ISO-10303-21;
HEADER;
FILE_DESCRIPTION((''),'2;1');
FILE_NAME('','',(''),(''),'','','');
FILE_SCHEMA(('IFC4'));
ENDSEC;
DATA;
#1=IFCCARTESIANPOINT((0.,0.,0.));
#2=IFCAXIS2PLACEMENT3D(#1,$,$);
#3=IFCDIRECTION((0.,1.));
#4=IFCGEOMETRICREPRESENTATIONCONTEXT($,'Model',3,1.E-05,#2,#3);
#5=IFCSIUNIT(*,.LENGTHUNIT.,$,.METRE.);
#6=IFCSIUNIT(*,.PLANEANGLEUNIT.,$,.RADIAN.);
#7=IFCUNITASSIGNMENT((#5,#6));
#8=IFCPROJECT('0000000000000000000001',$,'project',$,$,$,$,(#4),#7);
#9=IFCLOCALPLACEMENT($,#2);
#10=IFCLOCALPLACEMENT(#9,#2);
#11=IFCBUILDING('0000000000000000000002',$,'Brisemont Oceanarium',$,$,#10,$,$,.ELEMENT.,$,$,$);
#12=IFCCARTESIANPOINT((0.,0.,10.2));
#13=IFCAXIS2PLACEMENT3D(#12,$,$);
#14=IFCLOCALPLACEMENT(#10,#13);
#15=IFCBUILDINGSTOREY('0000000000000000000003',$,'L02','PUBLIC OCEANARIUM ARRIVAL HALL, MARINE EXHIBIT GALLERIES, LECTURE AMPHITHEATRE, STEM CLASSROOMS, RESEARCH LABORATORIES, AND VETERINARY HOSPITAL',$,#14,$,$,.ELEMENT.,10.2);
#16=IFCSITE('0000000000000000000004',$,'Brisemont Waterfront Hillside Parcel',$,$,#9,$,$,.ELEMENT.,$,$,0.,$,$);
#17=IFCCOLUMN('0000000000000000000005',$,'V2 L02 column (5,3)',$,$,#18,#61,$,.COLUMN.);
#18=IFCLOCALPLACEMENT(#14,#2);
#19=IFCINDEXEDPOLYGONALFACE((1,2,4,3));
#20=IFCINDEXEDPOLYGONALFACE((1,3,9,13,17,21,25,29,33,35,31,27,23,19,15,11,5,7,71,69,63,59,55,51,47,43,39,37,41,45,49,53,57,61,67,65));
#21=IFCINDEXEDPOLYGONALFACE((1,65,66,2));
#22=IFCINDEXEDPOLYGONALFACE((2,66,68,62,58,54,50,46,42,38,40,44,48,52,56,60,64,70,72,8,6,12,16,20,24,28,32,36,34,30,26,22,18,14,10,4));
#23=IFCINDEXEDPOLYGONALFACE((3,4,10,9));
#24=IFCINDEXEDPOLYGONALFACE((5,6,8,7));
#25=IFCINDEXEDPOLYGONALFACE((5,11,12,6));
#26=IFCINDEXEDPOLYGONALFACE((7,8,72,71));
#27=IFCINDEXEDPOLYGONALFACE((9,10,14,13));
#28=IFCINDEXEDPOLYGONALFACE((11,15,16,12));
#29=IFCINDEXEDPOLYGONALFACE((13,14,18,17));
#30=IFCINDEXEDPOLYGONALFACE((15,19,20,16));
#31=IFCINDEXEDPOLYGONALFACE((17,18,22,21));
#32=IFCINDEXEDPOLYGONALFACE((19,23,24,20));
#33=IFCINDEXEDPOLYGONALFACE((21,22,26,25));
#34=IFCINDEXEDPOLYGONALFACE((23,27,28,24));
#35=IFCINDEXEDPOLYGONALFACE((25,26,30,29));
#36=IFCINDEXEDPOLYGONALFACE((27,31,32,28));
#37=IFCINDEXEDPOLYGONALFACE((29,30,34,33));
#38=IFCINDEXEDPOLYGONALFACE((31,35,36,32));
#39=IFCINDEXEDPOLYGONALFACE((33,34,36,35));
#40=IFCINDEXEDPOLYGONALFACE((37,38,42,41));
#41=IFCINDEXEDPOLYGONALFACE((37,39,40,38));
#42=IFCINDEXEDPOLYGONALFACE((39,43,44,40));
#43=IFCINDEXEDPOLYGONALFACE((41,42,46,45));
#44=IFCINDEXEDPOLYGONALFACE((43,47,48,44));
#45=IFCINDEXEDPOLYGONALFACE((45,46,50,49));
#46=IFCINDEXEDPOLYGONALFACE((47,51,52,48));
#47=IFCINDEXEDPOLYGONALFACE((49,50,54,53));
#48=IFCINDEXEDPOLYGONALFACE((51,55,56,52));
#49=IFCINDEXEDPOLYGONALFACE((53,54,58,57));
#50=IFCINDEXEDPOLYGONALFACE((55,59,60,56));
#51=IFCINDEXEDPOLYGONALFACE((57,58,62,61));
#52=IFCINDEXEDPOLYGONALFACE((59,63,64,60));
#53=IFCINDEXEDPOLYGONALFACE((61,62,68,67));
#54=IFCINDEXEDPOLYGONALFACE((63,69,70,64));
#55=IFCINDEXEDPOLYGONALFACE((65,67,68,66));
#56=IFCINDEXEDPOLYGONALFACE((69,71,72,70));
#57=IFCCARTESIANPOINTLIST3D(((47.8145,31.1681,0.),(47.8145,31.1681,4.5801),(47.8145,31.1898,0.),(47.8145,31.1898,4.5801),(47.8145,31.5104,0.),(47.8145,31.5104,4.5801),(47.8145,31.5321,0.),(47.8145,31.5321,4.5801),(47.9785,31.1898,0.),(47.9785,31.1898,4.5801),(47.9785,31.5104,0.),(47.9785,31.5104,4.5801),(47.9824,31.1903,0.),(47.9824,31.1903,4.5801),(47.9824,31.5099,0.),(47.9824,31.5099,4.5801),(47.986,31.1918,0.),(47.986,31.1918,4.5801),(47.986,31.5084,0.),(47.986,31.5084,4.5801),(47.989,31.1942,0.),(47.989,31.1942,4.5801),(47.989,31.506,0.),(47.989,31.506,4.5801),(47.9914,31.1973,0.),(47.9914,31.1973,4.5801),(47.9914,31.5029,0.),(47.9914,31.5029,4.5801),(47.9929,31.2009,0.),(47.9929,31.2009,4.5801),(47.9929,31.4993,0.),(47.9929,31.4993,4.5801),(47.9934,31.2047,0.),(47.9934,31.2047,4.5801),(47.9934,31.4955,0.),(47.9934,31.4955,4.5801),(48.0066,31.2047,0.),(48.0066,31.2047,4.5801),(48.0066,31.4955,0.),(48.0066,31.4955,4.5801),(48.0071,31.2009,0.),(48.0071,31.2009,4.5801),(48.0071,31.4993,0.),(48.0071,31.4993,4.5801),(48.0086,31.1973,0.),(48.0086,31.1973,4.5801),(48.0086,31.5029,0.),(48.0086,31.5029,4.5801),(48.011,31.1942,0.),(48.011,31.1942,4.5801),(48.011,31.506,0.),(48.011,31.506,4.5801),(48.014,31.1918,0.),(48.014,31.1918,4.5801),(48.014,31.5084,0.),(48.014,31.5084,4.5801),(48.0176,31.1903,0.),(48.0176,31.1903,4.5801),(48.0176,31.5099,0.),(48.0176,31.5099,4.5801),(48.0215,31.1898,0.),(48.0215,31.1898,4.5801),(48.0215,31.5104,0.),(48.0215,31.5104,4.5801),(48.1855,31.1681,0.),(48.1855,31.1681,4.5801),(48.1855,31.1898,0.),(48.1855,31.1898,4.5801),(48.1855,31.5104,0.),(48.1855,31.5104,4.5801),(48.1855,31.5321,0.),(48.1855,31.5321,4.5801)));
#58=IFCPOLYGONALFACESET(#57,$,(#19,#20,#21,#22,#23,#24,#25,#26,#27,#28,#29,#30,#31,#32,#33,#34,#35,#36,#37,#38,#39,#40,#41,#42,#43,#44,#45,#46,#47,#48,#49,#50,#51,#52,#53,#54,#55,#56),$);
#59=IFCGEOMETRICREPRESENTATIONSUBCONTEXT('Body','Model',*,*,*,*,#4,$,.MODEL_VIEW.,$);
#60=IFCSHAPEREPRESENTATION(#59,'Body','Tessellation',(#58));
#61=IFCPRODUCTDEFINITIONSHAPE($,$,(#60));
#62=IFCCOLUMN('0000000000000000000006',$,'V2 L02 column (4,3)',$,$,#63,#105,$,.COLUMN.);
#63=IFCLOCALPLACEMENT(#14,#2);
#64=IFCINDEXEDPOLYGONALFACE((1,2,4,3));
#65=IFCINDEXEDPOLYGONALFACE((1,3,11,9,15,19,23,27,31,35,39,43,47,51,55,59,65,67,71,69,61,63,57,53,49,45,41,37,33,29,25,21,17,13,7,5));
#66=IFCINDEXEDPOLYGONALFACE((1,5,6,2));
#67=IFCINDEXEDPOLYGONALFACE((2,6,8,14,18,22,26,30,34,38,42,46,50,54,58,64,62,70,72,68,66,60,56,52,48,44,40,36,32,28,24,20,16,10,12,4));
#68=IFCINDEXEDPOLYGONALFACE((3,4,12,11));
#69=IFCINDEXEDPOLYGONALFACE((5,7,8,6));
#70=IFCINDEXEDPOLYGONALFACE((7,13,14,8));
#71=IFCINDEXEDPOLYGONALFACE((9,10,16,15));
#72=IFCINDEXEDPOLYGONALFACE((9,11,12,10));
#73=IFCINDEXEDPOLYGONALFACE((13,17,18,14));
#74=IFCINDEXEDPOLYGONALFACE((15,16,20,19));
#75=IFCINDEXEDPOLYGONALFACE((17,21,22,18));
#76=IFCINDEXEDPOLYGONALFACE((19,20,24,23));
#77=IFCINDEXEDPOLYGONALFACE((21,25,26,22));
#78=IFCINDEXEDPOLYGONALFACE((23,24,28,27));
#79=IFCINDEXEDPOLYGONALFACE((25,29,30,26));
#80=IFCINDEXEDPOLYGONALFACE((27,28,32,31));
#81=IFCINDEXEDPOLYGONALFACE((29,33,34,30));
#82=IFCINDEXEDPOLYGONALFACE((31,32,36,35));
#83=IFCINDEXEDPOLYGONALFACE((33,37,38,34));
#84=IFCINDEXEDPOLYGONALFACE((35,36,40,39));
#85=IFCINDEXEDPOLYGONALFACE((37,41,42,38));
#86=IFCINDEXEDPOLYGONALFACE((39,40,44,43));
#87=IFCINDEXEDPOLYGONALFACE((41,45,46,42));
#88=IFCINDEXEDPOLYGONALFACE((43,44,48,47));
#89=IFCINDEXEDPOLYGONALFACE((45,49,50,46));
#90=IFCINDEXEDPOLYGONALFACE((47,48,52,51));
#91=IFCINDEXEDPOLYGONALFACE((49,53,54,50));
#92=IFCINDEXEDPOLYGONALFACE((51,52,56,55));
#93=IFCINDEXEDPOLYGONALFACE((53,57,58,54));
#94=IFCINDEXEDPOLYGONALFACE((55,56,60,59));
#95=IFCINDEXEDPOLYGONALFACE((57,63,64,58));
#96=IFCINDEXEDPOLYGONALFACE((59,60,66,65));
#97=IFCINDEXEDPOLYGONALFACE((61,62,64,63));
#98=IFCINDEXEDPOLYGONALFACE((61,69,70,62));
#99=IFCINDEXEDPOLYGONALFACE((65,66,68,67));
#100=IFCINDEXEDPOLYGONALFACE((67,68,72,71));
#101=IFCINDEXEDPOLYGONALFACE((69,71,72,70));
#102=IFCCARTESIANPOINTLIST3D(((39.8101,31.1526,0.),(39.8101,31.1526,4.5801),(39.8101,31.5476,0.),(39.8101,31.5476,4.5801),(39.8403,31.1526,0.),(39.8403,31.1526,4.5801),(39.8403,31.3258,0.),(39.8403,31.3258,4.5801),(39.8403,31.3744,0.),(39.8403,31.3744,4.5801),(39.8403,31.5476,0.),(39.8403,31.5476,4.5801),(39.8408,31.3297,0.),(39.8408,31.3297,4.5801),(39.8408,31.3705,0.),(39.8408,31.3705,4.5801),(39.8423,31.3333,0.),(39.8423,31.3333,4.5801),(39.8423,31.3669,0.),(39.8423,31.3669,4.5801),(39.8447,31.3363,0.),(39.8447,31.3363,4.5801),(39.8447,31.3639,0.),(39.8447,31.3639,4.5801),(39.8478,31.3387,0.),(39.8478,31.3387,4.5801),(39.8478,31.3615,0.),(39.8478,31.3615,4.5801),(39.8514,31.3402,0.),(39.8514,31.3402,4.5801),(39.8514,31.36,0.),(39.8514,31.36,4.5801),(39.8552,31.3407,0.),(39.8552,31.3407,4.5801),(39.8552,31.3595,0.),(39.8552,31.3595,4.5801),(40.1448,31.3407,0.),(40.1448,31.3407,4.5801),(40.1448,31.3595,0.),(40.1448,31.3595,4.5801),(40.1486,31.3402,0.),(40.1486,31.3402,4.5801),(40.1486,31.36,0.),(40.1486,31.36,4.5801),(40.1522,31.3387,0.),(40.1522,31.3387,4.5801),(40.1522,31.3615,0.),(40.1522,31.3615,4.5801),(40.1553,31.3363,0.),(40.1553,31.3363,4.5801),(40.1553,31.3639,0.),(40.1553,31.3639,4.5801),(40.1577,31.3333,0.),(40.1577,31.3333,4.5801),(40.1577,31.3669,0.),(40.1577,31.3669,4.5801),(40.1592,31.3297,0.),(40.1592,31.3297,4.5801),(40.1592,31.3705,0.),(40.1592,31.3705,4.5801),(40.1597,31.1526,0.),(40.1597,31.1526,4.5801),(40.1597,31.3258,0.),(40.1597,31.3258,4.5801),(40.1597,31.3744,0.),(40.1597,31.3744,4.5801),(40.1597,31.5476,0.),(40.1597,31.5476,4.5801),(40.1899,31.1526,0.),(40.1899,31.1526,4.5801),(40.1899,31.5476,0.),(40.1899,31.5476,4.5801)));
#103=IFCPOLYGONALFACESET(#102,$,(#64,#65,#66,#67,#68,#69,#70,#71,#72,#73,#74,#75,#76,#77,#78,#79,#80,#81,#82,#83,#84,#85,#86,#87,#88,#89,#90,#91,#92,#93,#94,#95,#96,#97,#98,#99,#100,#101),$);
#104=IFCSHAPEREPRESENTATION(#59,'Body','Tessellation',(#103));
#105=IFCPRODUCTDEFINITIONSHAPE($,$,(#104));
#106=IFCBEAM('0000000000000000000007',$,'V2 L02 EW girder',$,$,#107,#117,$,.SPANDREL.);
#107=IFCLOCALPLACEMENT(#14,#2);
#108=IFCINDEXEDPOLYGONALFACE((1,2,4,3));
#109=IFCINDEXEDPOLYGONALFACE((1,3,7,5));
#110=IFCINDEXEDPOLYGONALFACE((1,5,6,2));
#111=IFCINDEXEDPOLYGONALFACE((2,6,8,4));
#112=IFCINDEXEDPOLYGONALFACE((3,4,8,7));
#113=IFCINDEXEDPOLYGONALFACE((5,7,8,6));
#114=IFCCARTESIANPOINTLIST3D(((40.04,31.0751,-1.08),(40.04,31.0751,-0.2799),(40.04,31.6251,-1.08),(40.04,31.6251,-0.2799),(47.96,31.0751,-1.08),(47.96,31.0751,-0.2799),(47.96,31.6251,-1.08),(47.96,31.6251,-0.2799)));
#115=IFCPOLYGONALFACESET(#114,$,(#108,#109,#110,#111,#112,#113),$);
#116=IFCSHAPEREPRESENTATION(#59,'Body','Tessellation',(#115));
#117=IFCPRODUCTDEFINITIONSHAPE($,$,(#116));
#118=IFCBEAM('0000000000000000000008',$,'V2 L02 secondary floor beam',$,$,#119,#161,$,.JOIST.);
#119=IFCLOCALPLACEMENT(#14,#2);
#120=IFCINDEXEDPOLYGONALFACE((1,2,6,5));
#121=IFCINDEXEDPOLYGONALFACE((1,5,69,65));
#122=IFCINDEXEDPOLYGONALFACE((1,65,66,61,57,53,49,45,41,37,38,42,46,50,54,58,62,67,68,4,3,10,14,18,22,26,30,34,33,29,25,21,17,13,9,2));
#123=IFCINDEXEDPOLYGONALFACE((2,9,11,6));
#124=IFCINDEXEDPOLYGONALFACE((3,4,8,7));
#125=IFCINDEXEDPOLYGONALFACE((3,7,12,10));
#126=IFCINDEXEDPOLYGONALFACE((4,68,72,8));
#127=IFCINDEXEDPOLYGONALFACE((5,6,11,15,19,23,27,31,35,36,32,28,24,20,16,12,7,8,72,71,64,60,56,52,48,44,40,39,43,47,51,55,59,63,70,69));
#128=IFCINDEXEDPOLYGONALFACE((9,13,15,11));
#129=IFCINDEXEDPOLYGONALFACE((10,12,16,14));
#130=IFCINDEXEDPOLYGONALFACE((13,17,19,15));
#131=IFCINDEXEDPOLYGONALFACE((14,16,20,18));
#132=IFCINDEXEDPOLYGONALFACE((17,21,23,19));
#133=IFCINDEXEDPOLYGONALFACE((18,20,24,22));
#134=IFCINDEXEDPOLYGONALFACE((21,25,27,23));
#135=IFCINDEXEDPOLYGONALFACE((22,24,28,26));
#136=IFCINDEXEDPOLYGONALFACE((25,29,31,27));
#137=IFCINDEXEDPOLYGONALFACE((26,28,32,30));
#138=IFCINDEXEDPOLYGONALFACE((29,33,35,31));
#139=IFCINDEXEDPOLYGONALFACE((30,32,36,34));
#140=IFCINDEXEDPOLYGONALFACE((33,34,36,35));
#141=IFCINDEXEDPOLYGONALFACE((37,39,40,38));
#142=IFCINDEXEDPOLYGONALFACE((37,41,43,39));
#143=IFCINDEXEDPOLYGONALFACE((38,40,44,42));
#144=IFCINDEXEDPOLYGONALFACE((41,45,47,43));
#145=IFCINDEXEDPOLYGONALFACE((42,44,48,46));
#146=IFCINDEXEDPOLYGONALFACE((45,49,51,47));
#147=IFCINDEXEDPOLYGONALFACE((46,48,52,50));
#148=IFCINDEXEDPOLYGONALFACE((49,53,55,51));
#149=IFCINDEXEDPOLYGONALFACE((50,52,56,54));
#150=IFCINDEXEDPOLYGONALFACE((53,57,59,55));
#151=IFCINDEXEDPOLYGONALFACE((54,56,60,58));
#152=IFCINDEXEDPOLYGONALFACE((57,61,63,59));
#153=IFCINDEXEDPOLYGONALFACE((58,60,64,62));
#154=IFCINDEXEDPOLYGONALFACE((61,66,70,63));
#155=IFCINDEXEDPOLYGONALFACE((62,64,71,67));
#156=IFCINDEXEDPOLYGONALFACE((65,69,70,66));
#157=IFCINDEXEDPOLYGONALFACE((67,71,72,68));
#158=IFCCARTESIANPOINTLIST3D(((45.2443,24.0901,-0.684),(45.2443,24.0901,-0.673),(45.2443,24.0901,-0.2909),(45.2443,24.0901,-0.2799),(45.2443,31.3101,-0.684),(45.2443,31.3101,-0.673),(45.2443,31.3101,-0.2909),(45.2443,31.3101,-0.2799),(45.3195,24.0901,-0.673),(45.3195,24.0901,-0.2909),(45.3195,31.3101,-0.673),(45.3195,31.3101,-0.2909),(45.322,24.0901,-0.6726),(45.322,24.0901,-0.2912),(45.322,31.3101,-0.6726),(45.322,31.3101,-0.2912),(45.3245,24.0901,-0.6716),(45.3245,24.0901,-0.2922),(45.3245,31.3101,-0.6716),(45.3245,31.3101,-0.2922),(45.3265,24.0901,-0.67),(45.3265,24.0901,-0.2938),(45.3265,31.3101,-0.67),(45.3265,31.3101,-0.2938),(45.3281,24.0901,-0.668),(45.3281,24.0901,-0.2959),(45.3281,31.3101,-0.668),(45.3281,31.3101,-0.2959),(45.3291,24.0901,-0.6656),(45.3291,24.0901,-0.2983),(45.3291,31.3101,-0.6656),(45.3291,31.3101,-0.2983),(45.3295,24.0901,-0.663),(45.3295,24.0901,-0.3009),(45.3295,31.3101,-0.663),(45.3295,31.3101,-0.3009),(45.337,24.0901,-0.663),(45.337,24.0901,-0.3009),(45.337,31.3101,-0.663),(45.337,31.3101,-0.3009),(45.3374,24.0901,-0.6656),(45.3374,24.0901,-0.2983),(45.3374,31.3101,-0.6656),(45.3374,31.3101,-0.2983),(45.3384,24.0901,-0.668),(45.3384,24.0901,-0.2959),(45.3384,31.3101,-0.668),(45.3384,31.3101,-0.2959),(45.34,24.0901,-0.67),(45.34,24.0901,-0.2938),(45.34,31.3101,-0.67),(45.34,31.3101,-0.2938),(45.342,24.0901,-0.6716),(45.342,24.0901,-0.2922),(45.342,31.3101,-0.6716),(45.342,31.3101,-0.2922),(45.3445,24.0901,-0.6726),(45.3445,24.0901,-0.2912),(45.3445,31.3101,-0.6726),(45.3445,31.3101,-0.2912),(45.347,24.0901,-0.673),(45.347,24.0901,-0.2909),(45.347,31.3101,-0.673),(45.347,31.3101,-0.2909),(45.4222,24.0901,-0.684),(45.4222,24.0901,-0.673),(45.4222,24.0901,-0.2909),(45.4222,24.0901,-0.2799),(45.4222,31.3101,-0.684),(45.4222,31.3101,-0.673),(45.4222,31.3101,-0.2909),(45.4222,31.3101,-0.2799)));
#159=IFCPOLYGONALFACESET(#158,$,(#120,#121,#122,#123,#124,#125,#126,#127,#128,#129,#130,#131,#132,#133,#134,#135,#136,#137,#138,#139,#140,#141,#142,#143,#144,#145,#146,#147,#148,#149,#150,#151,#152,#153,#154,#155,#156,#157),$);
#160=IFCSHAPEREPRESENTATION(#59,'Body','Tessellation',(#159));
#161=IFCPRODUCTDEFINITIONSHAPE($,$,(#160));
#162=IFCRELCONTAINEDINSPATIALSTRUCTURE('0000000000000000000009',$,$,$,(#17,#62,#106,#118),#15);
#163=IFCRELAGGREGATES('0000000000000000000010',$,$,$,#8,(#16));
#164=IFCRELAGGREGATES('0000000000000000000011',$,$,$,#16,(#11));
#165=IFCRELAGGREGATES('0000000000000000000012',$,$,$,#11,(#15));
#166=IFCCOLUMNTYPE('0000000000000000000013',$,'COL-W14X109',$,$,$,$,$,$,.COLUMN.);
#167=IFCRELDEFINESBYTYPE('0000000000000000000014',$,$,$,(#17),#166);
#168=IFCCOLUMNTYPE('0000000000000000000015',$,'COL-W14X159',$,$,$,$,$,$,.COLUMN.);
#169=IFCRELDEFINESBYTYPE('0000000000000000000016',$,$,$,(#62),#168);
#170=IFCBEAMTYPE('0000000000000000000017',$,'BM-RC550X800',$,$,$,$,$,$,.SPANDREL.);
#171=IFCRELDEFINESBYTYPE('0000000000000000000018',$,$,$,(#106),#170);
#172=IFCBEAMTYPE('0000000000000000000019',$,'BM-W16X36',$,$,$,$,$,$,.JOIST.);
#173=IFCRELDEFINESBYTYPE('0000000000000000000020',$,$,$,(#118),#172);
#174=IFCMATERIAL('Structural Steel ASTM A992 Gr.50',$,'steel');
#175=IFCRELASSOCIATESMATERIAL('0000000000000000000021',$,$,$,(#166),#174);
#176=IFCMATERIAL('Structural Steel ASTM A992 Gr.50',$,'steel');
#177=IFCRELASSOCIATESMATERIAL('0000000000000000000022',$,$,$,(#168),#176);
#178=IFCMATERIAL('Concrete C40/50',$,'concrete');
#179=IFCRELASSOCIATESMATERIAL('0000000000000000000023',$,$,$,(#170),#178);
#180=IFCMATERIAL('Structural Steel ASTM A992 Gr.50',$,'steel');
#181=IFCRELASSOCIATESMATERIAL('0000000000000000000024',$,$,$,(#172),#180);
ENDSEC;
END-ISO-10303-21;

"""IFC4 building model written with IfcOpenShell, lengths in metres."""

from ifc_helpers import new_model, si_unit, direction, frame, origin, origin_2d, place, context, subcontext, project, spatial, rectangle, i_section, extrude, material, material_profile, profile_set, type_object, element, save


model = new_model("IFC4")

# Units and contexts
model_context = context("Model", 3, precision=1e-05, world=origin(), true_north=direction((0.0, 1.0)))
body_context = subcontext(model_context, "Body", "Model", "MODEL_VIEW")
ifc_project = project(units=[si_unit("LENGTHUNIT", "METRE"), si_unit("PLANEANGLEUNIT", "RADIAN")], contexts=[model_context])

# Site, building, storey
site_placement = place(None, origin())
site = spatial("IfcSite", under=ifc_project, at=site_placement, Name="Brisemont Waterfront Hillside Parcel", CompositionType="ELEMENT", RefElevation=0.0)
building_placement = place(site_placement, origin())
building = spatial("IfcBuilding", under=site, at=building_placement, Name="Brisemont Oceanarium", CompositionType="ELEMENT")
storey_placement = place(building_placement, frame((0.0, 0.0, 10.2)))
storey = spatial("IfcBuildingStorey", under=building, at=storey_placement, Name="L02", Description="PUBLIC OCEANARIUM ARRIVAL HALL, MARINE EXHIBIT GALLERIES, LECTURE AMPHITHEATRE, STEM CLASSROOMS, RESEARCH LABORATORIES, AND VETERINARY HOSPITAL", CompositionType="ELEMENT", Elevation=10.2)

# Columns
ifc_material_1 = material(Name="Structural Steel ASTM A992 Gr.50", Category="steel")
ifc_material_profile_1 = material_profile(ifc_material_1, i_section(OverallWidth=0.3711, OverallDepth=0.364, WebThickness=0.0132, FlangeThickness=0.0217, FilletRadius=0.0149, at=origin_2d()), Name="W14X109")
ifc_profile_set_1 = profile_set([ifc_material_profile_1], Name="Structural Steel ASTM A992 Gr.50")
column_type_1 = type_object("IfcColumnType", Name="COL-W14X109", PredefinedType="COLUMN", material=ifc_profile_set_1)
column_1_placement = place(storey_placement, frame((48.0, 31.3501, 0.0), z_axis=(0.0, 0.0, 1.0), x_axis=(1.0, 0.0, 0.0)))
element("IfcColumn", 1, at=column_1_placement, inside=storey, type_object=column_type_1, Name="V2 L02 column (5,3)", PredefinedType="COLUMN", context=body_context, shape_type="SweptSolid", body=[
    extrude(i_section(OverallWidth=0.3711, OverallDepth=0.364, WebThickness=0.0132, FlangeThickness=0.0217, FilletRadius=0.0149, at=origin_2d()), origin(), (0.0, 0.0, 1.0), 4.5801),
])
ifc_material_2 = material(Name="Structural Steel ASTM A992 Gr.50", Category="steel")
ifc_material_profile_2 = material_profile(ifc_material_2, i_section(OverallWidth=0.395, OverallDepth=0.3799, WebThickness=0.0188, FlangeThickness=0.0303, FilletRadius=0.0149, at=origin_2d()), Name="W14X159")
ifc_profile_set_2 = profile_set([ifc_material_profile_2], Name="Structural Steel ASTM A992 Gr.50")
column_type_2 = type_object("IfcColumnType", Name="COL-W14X159", PredefinedType="COLUMN", material=ifc_profile_set_2)
column_2_placement = place(storey_placement, frame((40.0, 31.3501, 0.0), z_axis=(0.0, 0.0, 1.0), x_axis=(0.0, 1.0, 0.0)))
element("IfcColumn", 2, at=column_2_placement, inside=storey, type_object=column_type_2, Name="V2 L02 column (4,3)", PredefinedType="COLUMN", context=body_context, shape_type="SweptSolid", body=[
    extrude(i_section(OverallWidth=0.395, OverallDepth=0.3799, WebThickness=0.0188, FlangeThickness=0.0303, FilletRadius=0.0149, at=origin_2d()), origin(), (0.0, 0.0, 1.0), 4.5801),
])

# Beams
ifc_material_3 = material(Name="Concrete C40/50", Category="concrete")
ifc_material_profile_3 = material_profile(ifc_material_3, rectangle(XDim=0.55, YDim=0.8, at=origin_2d()), Name="RC-BM-550X800")
ifc_profile_set_3 = profile_set([ifc_material_profile_3], Name="Concrete C40/50")
beam_type_1 = type_object("IfcBeamType", Name="BM-RC550X800", PredefinedType="SPANDREL", material=ifc_profile_set_3)
beam_1_placement = place(storey_placement, frame((40.04, 31.3501, -0.6799), z_axis=(1.0, 0.0, 0.0), x_axis=(0.0, 1.0, 0.0)))
element("IfcBeam", 3, at=beam_1_placement, inside=storey, type_object=beam_type_1, Name="V2 L02 EW girder", PredefinedType="SPANDREL", context=body_context, shape_type="SweptSolid", body=[
    extrude(rectangle(XDim=0.55, YDim=0.8, at=origin_2d()), origin(), (0.0, 0.0, 1.0), 7.9199),
])
ifc_material_4 = material(Name="Structural Steel ASTM A992 Gr.50", Category="steel")
ifc_material_profile_4 = material_profile(ifc_material_4, i_section(OverallWidth=0.178, OverallDepth=0.4041, WebThickness=0.0076, FlangeThickness=0.011, FilletRadius=0.01, at=origin_2d()), Name="W16X36")
ifc_profile_set_4 = profile_set([ifc_material_profile_4], Name="Structural Steel ASTM A992 Gr.50")
beam_type_2 = type_object("IfcBeamType", Name="BM-W16X36", PredefinedType="JOIST", material=ifc_profile_set_4)
for number, where, z_axis, x_axis, name in (
    (4, (45.3333, 24.0901, -0.4819), (0.0, 1.0, 0.0), (-1.0, 0.0, 0.0), "V2 L02 secondary floor beam"),
):
    element("IfcBeam", number, at=place(storey_placement, frame(where, z_axis=z_axis, x_axis=x_axis)), inside=storey, type_object=beam_type_2, Name=name, PredefinedType="JOIST", context=body_context, shape_type="SweptSolid", body=[
        extrude(i_section(OverallWidth=0.178, OverallDepth=0.4041, WebThickness=0.0076, FlangeThickness=0.011, FilletRadius=0.01, at=origin_2d()), origin(), (0.0, 0.0, 1.0), 7.22),
    ])

save(model, "model.ifc")
